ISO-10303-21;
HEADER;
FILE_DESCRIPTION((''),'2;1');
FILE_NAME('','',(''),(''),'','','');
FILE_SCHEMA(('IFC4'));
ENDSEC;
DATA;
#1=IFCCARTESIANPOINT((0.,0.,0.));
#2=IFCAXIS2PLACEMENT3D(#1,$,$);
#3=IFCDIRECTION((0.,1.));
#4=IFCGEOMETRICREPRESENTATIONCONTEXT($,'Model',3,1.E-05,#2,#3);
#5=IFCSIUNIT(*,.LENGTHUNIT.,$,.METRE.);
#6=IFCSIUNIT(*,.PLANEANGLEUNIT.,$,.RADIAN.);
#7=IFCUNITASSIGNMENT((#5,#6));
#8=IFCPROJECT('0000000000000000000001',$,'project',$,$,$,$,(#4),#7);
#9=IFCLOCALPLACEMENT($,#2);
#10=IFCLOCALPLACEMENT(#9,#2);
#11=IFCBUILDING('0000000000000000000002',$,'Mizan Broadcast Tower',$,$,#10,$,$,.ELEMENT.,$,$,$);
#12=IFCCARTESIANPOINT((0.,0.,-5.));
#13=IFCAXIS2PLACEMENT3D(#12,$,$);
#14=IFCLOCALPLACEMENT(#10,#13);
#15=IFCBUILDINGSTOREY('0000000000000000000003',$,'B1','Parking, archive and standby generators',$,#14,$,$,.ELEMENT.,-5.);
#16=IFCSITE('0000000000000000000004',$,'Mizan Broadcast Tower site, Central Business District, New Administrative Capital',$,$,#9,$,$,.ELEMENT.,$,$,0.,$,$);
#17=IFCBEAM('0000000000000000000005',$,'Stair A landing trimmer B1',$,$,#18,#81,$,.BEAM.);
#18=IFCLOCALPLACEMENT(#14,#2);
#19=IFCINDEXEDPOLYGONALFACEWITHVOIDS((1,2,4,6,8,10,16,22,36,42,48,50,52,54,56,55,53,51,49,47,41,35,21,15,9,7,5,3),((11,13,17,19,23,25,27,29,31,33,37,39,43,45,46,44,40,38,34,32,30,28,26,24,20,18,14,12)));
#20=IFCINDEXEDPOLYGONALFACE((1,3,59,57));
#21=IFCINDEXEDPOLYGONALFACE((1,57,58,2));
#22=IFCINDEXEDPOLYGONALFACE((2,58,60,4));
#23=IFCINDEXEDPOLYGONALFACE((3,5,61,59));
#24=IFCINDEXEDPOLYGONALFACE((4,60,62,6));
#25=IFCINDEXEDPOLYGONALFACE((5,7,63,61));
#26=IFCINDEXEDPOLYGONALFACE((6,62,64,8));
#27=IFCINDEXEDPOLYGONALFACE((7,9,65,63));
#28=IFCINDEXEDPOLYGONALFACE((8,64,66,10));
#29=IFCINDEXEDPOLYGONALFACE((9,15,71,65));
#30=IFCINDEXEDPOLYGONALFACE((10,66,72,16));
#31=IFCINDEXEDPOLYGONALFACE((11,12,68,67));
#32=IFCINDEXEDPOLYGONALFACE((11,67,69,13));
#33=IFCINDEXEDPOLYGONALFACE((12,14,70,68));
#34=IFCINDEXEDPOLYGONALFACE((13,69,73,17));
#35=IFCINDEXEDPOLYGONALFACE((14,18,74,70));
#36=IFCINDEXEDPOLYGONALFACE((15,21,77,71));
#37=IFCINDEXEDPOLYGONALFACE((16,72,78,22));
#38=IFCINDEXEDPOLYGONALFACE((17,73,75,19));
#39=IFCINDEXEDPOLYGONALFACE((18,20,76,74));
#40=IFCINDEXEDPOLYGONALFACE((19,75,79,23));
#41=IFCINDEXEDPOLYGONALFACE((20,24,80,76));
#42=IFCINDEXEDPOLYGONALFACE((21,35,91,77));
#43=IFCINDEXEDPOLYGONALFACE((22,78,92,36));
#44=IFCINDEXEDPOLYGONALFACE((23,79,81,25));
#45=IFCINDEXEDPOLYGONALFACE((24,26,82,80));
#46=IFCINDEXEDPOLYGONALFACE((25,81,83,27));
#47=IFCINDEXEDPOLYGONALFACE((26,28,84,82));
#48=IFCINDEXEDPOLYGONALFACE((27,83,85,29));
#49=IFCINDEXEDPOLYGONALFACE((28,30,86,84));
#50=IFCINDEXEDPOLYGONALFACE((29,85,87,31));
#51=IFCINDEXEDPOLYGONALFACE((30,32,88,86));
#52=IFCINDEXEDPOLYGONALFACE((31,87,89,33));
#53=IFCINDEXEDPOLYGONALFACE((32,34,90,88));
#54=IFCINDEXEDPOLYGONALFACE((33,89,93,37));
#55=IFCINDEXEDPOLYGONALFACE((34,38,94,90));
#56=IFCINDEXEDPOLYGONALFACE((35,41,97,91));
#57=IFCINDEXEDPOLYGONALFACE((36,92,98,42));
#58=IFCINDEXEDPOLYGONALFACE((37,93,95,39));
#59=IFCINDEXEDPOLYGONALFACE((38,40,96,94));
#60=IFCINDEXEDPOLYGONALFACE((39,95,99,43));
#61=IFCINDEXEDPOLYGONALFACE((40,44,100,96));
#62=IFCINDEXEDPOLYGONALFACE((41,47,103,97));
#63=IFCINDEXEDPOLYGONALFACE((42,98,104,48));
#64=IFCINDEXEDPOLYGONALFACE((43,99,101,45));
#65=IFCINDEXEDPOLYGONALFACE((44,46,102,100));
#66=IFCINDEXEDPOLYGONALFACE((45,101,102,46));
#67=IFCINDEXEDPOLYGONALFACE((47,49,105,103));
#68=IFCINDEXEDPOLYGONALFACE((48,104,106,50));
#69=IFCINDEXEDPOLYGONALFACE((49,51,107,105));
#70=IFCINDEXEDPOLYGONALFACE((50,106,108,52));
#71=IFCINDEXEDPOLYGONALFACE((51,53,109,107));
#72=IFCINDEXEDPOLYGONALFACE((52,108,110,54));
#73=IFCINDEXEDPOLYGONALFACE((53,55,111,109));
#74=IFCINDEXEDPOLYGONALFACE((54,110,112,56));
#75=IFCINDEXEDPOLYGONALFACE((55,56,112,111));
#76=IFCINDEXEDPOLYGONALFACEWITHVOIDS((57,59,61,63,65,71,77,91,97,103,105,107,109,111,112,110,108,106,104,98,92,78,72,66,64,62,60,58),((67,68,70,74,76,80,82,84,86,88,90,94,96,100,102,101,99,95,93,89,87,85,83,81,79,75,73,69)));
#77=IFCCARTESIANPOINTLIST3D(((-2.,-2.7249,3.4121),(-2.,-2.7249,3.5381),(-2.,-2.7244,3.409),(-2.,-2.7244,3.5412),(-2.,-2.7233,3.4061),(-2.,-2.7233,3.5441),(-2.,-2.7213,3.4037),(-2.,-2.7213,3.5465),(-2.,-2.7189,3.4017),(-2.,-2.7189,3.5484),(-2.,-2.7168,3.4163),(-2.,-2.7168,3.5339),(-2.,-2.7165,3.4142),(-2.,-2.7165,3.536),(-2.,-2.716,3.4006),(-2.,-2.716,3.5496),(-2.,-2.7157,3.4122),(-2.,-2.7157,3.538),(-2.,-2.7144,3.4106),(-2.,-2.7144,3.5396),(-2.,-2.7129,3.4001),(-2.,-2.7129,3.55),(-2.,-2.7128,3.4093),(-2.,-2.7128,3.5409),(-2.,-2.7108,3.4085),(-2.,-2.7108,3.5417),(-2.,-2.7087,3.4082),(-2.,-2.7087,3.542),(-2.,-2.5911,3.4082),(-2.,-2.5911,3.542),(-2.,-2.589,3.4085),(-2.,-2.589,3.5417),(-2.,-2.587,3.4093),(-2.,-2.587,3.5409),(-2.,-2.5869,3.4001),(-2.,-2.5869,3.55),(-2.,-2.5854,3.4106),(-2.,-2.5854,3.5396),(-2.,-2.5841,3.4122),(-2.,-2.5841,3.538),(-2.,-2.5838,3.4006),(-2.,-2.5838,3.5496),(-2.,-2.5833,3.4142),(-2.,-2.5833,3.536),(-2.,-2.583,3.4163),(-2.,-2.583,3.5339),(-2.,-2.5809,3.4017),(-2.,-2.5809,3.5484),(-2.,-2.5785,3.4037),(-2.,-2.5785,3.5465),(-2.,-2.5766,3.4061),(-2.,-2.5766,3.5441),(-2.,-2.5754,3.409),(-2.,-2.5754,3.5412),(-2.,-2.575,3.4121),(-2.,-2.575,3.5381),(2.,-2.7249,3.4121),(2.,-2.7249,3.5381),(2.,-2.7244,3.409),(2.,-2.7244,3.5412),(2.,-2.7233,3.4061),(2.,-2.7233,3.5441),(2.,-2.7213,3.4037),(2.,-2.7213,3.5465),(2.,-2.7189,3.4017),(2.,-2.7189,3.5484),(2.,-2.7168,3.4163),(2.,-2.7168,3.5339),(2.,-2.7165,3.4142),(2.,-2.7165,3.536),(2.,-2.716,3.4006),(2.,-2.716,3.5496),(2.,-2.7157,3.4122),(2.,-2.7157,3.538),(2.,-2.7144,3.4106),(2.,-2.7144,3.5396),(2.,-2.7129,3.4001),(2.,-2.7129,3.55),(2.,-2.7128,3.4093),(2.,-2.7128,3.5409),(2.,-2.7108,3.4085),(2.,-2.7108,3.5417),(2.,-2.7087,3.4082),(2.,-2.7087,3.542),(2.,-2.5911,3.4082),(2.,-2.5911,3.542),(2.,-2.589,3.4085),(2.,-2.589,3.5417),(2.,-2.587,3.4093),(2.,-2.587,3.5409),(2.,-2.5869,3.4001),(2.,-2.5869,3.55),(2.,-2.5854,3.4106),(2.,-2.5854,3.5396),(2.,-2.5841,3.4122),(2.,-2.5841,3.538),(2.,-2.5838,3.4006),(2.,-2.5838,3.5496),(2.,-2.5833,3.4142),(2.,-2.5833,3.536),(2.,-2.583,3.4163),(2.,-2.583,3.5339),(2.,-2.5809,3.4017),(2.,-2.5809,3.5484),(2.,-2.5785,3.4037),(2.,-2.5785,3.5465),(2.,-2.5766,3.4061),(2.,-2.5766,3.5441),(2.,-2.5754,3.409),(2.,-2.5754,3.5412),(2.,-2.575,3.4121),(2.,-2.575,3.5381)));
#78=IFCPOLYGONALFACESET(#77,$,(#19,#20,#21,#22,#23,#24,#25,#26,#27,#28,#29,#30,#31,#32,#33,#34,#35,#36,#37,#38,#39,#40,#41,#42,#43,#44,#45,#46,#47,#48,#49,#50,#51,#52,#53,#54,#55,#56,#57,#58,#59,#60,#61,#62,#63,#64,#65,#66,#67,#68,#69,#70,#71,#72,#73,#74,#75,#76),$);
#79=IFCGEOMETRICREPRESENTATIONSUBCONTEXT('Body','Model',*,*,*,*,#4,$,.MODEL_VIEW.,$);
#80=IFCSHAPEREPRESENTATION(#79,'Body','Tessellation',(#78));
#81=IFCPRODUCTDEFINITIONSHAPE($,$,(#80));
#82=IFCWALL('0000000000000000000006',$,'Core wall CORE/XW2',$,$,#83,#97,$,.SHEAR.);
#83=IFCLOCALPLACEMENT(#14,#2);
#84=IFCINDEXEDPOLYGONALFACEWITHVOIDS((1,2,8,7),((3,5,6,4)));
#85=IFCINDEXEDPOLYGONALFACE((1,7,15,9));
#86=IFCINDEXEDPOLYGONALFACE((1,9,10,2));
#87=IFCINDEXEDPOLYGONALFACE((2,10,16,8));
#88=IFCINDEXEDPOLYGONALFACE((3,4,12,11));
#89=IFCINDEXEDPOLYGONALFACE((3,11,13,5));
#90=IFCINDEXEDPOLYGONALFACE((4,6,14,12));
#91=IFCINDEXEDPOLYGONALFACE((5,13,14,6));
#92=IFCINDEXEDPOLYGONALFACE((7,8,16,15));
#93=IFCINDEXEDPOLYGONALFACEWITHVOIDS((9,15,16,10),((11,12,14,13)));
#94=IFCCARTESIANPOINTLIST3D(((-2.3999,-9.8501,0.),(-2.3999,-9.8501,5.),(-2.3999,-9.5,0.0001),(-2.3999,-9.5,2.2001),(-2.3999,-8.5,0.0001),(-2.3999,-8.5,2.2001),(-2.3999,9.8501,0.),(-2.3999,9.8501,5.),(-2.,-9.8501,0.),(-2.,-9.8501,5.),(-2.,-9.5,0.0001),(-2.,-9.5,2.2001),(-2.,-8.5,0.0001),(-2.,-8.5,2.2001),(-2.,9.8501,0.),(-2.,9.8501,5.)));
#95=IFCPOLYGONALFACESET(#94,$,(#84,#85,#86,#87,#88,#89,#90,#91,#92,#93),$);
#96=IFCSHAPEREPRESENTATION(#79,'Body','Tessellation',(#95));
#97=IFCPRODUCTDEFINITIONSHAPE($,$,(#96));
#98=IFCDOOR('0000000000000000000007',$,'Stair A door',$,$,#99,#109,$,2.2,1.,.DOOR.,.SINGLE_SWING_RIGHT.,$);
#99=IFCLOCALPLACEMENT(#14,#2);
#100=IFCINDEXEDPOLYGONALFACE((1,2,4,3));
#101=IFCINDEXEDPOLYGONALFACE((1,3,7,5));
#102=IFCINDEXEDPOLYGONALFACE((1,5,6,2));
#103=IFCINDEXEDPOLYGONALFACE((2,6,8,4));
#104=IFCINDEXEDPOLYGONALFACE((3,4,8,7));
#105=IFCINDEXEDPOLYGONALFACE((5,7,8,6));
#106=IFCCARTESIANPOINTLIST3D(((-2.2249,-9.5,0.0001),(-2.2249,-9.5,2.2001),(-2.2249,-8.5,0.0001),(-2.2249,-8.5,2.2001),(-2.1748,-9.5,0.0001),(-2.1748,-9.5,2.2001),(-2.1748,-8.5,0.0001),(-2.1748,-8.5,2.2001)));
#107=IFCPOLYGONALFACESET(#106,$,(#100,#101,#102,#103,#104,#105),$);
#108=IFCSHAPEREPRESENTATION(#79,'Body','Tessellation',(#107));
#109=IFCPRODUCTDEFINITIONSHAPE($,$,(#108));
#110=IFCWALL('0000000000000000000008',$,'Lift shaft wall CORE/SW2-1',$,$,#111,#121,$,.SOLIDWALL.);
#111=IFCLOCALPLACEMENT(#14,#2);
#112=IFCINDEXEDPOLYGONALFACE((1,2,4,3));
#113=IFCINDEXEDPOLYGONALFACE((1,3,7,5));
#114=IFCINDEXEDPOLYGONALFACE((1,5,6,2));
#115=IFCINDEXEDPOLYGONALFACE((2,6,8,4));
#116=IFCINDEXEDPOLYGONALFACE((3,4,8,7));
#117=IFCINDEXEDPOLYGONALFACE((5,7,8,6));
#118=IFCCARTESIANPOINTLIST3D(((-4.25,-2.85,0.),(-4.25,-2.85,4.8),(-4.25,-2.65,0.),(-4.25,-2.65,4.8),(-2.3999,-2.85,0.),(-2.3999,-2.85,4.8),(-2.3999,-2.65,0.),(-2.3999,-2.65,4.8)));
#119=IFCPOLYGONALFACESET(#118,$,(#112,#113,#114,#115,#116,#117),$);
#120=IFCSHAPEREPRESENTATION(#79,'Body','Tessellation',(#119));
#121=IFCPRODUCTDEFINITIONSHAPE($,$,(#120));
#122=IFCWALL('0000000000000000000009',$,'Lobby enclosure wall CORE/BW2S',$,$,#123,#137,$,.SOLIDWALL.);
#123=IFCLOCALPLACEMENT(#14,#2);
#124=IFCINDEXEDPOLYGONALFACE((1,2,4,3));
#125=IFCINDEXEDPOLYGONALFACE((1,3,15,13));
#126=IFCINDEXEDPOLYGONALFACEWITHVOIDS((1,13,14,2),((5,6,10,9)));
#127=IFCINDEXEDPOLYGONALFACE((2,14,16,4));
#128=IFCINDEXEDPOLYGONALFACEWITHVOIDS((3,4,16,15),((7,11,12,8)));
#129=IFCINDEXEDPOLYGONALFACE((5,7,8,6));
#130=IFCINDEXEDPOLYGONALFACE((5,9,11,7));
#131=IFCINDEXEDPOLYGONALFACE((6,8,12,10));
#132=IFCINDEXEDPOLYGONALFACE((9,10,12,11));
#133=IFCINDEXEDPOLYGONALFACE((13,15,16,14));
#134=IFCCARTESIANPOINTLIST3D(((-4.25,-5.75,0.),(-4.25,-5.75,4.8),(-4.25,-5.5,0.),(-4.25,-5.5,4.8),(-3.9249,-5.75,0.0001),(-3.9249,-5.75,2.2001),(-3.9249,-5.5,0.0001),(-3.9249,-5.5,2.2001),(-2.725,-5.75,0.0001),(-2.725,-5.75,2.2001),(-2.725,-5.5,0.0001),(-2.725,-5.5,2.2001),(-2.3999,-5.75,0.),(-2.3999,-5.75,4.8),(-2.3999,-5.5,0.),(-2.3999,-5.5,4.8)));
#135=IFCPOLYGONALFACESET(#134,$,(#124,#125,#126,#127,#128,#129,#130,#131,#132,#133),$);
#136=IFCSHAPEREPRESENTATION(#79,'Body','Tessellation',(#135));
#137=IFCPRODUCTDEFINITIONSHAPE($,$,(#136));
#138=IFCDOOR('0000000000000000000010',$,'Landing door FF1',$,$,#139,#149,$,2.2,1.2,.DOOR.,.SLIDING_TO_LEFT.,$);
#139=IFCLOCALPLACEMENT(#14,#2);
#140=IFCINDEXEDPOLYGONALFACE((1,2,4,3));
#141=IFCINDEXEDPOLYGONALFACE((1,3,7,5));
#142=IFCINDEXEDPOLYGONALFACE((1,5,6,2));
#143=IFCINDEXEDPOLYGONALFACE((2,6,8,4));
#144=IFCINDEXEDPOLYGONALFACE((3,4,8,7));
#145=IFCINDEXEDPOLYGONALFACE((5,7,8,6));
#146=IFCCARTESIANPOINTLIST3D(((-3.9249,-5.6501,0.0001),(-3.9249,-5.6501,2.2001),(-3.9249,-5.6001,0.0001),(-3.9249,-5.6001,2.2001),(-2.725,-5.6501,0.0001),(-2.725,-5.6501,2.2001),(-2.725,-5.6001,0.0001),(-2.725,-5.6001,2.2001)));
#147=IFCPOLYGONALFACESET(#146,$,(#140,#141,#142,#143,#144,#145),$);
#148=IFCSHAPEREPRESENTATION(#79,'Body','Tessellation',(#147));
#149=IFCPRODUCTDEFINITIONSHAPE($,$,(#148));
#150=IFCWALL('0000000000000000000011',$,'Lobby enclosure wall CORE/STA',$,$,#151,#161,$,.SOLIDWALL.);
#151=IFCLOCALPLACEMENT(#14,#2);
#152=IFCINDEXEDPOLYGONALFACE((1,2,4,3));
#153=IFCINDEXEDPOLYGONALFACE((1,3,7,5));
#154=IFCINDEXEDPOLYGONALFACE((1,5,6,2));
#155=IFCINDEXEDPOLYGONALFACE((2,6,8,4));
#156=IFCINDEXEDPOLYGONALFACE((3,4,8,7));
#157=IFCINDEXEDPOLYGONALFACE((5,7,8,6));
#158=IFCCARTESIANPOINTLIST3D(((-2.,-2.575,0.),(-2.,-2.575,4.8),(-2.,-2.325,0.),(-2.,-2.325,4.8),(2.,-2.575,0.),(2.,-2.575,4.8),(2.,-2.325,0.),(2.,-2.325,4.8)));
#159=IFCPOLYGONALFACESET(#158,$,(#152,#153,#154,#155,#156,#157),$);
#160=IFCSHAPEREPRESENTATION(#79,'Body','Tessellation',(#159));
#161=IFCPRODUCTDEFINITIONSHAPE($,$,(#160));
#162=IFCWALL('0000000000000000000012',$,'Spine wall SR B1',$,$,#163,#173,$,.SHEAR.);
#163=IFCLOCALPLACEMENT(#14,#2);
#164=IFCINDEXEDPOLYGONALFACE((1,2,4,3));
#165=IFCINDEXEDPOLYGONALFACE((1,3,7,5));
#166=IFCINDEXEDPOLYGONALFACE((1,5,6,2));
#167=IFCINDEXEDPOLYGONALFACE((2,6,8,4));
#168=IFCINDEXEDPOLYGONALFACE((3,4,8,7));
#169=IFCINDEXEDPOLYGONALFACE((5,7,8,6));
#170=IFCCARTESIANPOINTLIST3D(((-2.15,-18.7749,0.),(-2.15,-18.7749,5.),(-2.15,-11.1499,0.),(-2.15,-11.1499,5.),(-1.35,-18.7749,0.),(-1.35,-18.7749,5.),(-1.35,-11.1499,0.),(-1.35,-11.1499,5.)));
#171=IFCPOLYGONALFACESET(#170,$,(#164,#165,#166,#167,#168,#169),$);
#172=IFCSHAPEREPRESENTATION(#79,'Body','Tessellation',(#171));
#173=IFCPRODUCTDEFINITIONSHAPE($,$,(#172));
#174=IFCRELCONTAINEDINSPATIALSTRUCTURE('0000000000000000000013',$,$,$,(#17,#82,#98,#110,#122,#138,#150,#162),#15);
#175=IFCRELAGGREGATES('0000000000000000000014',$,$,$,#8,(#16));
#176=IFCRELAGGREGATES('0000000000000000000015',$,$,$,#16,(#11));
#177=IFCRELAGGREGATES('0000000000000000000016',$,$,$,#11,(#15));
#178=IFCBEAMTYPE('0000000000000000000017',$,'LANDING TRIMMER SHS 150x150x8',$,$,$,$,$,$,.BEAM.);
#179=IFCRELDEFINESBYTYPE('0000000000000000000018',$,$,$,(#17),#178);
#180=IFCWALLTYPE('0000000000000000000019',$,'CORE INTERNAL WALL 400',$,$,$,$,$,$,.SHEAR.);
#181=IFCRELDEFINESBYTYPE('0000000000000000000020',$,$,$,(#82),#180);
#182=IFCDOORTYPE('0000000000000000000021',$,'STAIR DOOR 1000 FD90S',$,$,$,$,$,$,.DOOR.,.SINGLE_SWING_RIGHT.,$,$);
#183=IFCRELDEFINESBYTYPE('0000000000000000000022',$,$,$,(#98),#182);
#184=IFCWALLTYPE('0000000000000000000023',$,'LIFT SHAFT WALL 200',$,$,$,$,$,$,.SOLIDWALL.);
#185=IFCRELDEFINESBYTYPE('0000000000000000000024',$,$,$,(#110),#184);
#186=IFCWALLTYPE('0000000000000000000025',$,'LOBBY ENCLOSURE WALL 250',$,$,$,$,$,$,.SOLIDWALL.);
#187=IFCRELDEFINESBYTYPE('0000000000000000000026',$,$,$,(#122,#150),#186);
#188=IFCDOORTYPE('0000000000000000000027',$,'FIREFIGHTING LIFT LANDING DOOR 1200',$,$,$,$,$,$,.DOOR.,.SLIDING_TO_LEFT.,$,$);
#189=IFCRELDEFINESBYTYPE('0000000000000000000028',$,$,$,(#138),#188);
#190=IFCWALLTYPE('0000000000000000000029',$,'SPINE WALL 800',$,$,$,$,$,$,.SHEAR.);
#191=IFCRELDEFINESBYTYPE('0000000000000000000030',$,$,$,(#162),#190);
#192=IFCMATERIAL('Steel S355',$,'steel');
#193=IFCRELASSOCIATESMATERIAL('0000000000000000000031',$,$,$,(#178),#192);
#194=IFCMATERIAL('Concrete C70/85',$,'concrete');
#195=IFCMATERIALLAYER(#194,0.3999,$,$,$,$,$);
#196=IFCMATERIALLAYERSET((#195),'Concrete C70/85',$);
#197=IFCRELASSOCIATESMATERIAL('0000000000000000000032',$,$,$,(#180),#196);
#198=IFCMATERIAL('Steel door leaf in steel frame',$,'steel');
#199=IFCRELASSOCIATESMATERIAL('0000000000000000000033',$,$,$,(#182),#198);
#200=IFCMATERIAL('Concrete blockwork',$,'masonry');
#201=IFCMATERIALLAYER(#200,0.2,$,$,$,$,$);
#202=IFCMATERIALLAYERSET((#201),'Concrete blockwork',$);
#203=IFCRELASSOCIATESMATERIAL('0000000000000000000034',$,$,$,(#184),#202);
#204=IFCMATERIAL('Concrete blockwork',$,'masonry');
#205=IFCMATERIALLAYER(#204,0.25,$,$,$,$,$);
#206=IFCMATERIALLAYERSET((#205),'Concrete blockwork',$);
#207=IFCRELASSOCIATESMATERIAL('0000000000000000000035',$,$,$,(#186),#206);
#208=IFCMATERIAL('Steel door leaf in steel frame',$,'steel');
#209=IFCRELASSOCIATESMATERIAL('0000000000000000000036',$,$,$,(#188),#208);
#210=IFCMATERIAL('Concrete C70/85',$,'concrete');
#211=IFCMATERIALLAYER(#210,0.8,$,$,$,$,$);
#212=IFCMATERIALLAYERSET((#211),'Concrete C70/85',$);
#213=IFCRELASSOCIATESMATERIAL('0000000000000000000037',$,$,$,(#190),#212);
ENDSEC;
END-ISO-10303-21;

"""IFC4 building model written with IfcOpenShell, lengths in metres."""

from ifc_helpers import new_model, si_unit, direction, frame, frame_2d, origin, origin_2d, place, context, subcontext, project, spatial, rectangle, hollow_rectangle, extrude, material, layer, layer_set, material_profile, profile_set, type_object, element, fill, save


model = new_model("IFC4")

# Units and contexts
model_context = context("Model", 3, precision=1e-05, world=origin(), true_north=direction((0.0, 1.0)))
body_context = subcontext(model_context, "Body", "Model", "MODEL_VIEW")
ifc_project = project(units=[si_unit("LENGTHUNIT", "METRE"), si_unit("PLANEANGLEUNIT", "RADIAN")], contexts=[model_context])

# Site, building, storey
site_placement = place(None, origin())
site = spatial("IfcSite", under=ifc_project, at=site_placement, Name="Mizan Broadcast Tower site, Central Business District, New Administrative Capital", CompositionType="ELEMENT", RefElevation=0.0)
building_placement = place(site_placement, origin())
building = spatial("IfcBuilding", under=site, at=building_placement, Name="Mizan Broadcast Tower", CompositionType="ELEMENT")
storey_placement = place(building_placement, frame((0.0, 0.0, -5.0)))
storey = spatial("IfcBuildingStorey", under=building, at=storey_placement, Name="B1", Description="Parking, archive and standby generators", CompositionType="ELEMENT", Elevation=-5.0)

# Beam
ifc_material_1 = material(Name="Steel S355", Category="steel")
ifc_material_profile_1 = material_profile(ifc_material_1, hollow_rectangle(XDim=0.1499, YDim=0.1499, WallThickness=0.0081, InnerFilletRadius=0.0081, OuterFilletRadius=0.012, at=origin_2d()), Name="SHS 150x150x8")
ifc_profile_set_1 = profile_set([ifc_material_profile_1], Name="Steel S355")
beam_type = type_object("IfcBeamType", Name="LANDING TRIMMER SHS 150x150x8", PredefinedType="BEAM", material=ifc_profile_set_1)
for number, where, z_axis, x_axis, name in (
    (1, (-2.0, -2.6499, 3.4751), (1.0, 0.0, 0.0), (0.0, 1.0, 0.0), "Stair A landing trimmer B1"),
):
    element("IfcBeam", number, at=place(storey_placement, frame(where, z_axis=z_axis, x_axis=x_axis)), inside=storey, type_object=beam_type, Name=name, PredefinedType="BEAM", context=body_context, shape_type="SweptSolid", body=[
        extrude(hollow_rectangle(XDim=0.1499, YDim=0.1499, WallThickness=0.0081, InnerFilletRadius=0.0081, OuterFilletRadius=0.012, at=origin_2d()), origin(), (0.0, 0.0, 1.0), 4.0),
    ])

# Wall, opening, door
ifc_material_2 = material(Name="Concrete C70/85", Category="concrete")
ifc_layer_1 = layer(ifc_material_2, 0.3999)
ifc_layer_set_1 = layer_set([ifc_layer_1], Name="Concrete C70/85")
wall_type_1 = type_object("IfcWallType", Name="CORE INTERNAL WALL 400", PredefinedType="SHEAR", material=ifc_layer_set_1)
wall_1_placement = place(storey_placement, frame((-2.2, -9.8501, 0.0), z_axis=(0.0, 0.0, 1.0), x_axis=(0.0, 1.0, 0.0)))
wall_1 = element("IfcWall", 2, at=wall_1_placement, inside=storey, type_object=wall_type_1, Name="Core wall CORE/XW2", PredefinedType="SHEAR", context=body_context, shape_type="SweptSolid", body=[
    extrude(rectangle(XDim=19.7002, YDim=0.3999, at=frame_2d((9.8501, 0.0))), origin(), (0.0, 0.0, 1.0), 5.0),
])
opening_1_placement = place(wall_1_placement, frame((0.3501, 0.0, 0.0)))
opening_1 = element("IfcOpeningElement", 3, at=opening_1_placement, cuts=wall_1, PredefinedType="OPENING", context=body_context, shape_type="SweptSolid", body=[
    extrude(rectangle(XDim=1.0, YDim=2.2, at=frame_2d((0.5, 1.1001))), frame((0.0, 0.21, 0.0), z_axis=(0.0, -1.0, 0.0), x_axis=(1.0, 0.0, 0.0)), (0.0, 0.0, 1.0), 0.4199),
])
ifc_material_3 = material(Name="Steel door leaf in steel frame", Category="steel")
door_type_1 = type_object("IfcDoorType", Name="STAIR DOOR 1000 FD90S", OperationType="SINGLE_SWING_RIGHT", PredefinedType="DOOR", material=ifc_material_3)
door_1_placement = place(opening_1_placement, origin())
door_1 = element("IfcDoor", 4, at=door_1_placement, inside=storey, type_object=door_type_1, Name="Stair A door", OperationType="SINGLE_SWING_RIGHT", OverallHeight=2.2, OverallWidth=1.0, PredefinedType="DOOR", context=body_context, shape_type="SweptSolid", body=[
    extrude(rectangle(XDim=1.0, YDim=2.2, at=frame_2d((0.5, 1.1001))), frame((0.0, 0.0249, 0.0), z_axis=(0.0, -1.0, 0.0), x_axis=(1.0, 0.0, 0.0)), (0.0, 0.0, 1.0), 0.05),
])
fill(opening_1, door_1)

# Wall
ifc_material_4 = material(Name="Concrete blockwork", Category="masonry")
ifc_layer_2 = layer(ifc_material_4, 0.2)
ifc_layer_set_2 = layer_set([ifc_layer_2], Name="Concrete blockwork")
wall_type_2 = type_object("IfcWallType", Name="LIFT SHAFT WALL 200", PredefinedType="SOLIDWALL", material=ifc_layer_set_2)
wall_2_placement = place(storey_placement, frame((-4.25, -2.75, 0.0), z_axis=(0.0, 0.0, 1.0), x_axis=(1.0, 0.0, 0.0)))
element("IfcWall", 5, at=wall_2_placement, inside=storey, type_object=wall_type_2, Name="Lift shaft wall CORE/SW2-1", PredefinedType="SOLIDWALL", context=body_context, shape_type="SweptSolid", body=[
    extrude(rectangle(XDim=1.8501, YDim=0.2, at=frame_2d((0.925, 0.0))), origin(), (0.0, 0.0, 1.0), 4.8),
])

# Wall, opening, door
ifc_material_5 = material(Name="Concrete blockwork", Category="masonry")
ifc_layer_3 = layer(ifc_material_5, 0.25)
ifc_layer_set_3 = layer_set([ifc_layer_3], Name="Concrete blockwork")
wall_type_3 = type_object("IfcWallType", Name="LOBBY ENCLOSURE WALL 250", PredefinedType="SOLIDWALL", material=ifc_layer_set_3)
wall_3_placement = place(storey_placement, frame((-4.25, -5.625, 0.0), z_axis=(0.0, 0.0, 1.0), x_axis=(1.0, 0.0, 0.0)))
wall_3 = element("IfcWall", 6, at=wall_3_placement, inside=storey, type_object=wall_type_3, Name="Lobby enclosure wall CORE/BW2S", PredefinedType="SOLIDWALL", context=body_context, shape_type="SweptSolid", body=[
    extrude(rectangle(XDim=1.8501, YDim=0.25, at=frame_2d((0.925, 0.0))), origin(), (0.0, 0.0, 1.0), 4.8),
])
opening_2_placement = place(wall_3_placement, frame((0.325, 0.0, 0.0)))
opening_2 = element("IfcOpeningElement", 7, at=opening_2_placement, cuts=wall_3, PredefinedType="OPENING", context=body_context, shape_type="SweptSolid", body=[
    extrude(rectangle(XDim=1.2, YDim=2.2, at=frame_2d((0.6001, 1.1001))), frame((0.0, 0.135, 0.0), z_axis=(0.0, -1.0, 0.0), x_axis=(1.0, 0.0, 0.0)), (0.0, 0.0, 1.0), 0.27),
])
ifc_material_6 = material(Name="Steel door leaf in steel frame", Category="steel")
door_type_2 = type_object("IfcDoorType", Name="FIREFIGHTING LIFT LANDING DOOR 1200", OperationType="SLIDING_TO_LEFT", PredefinedType="DOOR", material=ifc_material_6)
door_2_placement = place(opening_2_placement, origin())
door_2 = element("IfcDoor", 8, at=door_2_placement, inside=storey, type_object=door_type_2, Name="Landing door FF1", OperationType="SLIDING_TO_LEFT", OverallHeight=2.2, OverallWidth=1.2, PredefinedType="DOOR", context=body_context, shape_type="SweptSolid", body=[
    extrude(rectangle(XDim=1.2, YDim=2.2, at=frame_2d((0.6001, 1.1001))), frame((0.0, 0.0249, 0.0), z_axis=(0.0, -1.0, 0.0), x_axis=(1.0, 0.0, 0.0)), (0.0, 0.0, 1.0), 0.05),
])
fill(opening_2, door_2)

# Walls
wall_4_placement = place(storey_placement, frame((-2.0, -2.45, 0.0), z_axis=(0.0, 0.0, 1.0), x_axis=(1.0, 0.0, 0.0)))
element("IfcWall", 9, at=wall_4_placement, inside=storey, type_object=wall_type_3, Name="Lobby enclosure wall CORE/STA", PredefinedType="SOLIDWALL", context=body_context, shape_type="SweptSolid", body=[
    extrude(rectangle(XDim=4.0, YDim=0.25, at=frame_2d((2.0, 0.0))), origin(), (0.0, 0.0, 1.0), 4.8),
])
ifc_material_7 = material(Name="Concrete C70/85", Category="concrete")
ifc_layer_4 = layer(ifc_material_7, 0.8)
ifc_layer_set_4 = layer_set([ifc_layer_4], Name="Concrete C70/85")
wall_type_4 = type_object("IfcWallType", Name="SPINE WALL 800", PredefinedType="SHEAR", material=ifc_layer_set_4)
wall_5_placement = place(storey_placement, frame((-1.75, -11.1499, 0.0), z_axis=(0.0, 0.0, 1.0), x_axis=(0.0, -1.0, 0.0)))
element("IfcWall", 10, at=wall_5_placement, inside=storey, type_object=wall_type_4, Name="Spine wall SR B1", PredefinedType="SHEAR", context=body_context, shape_type="SweptSolid", body=[
    extrude(rectangle(XDim=7.625, YDim=0.8, at=frame_2d((3.8125, 0.0))), origin(), (0.0, 0.0, 1.0), 5.0),
])

save(model, "model.ifc")
